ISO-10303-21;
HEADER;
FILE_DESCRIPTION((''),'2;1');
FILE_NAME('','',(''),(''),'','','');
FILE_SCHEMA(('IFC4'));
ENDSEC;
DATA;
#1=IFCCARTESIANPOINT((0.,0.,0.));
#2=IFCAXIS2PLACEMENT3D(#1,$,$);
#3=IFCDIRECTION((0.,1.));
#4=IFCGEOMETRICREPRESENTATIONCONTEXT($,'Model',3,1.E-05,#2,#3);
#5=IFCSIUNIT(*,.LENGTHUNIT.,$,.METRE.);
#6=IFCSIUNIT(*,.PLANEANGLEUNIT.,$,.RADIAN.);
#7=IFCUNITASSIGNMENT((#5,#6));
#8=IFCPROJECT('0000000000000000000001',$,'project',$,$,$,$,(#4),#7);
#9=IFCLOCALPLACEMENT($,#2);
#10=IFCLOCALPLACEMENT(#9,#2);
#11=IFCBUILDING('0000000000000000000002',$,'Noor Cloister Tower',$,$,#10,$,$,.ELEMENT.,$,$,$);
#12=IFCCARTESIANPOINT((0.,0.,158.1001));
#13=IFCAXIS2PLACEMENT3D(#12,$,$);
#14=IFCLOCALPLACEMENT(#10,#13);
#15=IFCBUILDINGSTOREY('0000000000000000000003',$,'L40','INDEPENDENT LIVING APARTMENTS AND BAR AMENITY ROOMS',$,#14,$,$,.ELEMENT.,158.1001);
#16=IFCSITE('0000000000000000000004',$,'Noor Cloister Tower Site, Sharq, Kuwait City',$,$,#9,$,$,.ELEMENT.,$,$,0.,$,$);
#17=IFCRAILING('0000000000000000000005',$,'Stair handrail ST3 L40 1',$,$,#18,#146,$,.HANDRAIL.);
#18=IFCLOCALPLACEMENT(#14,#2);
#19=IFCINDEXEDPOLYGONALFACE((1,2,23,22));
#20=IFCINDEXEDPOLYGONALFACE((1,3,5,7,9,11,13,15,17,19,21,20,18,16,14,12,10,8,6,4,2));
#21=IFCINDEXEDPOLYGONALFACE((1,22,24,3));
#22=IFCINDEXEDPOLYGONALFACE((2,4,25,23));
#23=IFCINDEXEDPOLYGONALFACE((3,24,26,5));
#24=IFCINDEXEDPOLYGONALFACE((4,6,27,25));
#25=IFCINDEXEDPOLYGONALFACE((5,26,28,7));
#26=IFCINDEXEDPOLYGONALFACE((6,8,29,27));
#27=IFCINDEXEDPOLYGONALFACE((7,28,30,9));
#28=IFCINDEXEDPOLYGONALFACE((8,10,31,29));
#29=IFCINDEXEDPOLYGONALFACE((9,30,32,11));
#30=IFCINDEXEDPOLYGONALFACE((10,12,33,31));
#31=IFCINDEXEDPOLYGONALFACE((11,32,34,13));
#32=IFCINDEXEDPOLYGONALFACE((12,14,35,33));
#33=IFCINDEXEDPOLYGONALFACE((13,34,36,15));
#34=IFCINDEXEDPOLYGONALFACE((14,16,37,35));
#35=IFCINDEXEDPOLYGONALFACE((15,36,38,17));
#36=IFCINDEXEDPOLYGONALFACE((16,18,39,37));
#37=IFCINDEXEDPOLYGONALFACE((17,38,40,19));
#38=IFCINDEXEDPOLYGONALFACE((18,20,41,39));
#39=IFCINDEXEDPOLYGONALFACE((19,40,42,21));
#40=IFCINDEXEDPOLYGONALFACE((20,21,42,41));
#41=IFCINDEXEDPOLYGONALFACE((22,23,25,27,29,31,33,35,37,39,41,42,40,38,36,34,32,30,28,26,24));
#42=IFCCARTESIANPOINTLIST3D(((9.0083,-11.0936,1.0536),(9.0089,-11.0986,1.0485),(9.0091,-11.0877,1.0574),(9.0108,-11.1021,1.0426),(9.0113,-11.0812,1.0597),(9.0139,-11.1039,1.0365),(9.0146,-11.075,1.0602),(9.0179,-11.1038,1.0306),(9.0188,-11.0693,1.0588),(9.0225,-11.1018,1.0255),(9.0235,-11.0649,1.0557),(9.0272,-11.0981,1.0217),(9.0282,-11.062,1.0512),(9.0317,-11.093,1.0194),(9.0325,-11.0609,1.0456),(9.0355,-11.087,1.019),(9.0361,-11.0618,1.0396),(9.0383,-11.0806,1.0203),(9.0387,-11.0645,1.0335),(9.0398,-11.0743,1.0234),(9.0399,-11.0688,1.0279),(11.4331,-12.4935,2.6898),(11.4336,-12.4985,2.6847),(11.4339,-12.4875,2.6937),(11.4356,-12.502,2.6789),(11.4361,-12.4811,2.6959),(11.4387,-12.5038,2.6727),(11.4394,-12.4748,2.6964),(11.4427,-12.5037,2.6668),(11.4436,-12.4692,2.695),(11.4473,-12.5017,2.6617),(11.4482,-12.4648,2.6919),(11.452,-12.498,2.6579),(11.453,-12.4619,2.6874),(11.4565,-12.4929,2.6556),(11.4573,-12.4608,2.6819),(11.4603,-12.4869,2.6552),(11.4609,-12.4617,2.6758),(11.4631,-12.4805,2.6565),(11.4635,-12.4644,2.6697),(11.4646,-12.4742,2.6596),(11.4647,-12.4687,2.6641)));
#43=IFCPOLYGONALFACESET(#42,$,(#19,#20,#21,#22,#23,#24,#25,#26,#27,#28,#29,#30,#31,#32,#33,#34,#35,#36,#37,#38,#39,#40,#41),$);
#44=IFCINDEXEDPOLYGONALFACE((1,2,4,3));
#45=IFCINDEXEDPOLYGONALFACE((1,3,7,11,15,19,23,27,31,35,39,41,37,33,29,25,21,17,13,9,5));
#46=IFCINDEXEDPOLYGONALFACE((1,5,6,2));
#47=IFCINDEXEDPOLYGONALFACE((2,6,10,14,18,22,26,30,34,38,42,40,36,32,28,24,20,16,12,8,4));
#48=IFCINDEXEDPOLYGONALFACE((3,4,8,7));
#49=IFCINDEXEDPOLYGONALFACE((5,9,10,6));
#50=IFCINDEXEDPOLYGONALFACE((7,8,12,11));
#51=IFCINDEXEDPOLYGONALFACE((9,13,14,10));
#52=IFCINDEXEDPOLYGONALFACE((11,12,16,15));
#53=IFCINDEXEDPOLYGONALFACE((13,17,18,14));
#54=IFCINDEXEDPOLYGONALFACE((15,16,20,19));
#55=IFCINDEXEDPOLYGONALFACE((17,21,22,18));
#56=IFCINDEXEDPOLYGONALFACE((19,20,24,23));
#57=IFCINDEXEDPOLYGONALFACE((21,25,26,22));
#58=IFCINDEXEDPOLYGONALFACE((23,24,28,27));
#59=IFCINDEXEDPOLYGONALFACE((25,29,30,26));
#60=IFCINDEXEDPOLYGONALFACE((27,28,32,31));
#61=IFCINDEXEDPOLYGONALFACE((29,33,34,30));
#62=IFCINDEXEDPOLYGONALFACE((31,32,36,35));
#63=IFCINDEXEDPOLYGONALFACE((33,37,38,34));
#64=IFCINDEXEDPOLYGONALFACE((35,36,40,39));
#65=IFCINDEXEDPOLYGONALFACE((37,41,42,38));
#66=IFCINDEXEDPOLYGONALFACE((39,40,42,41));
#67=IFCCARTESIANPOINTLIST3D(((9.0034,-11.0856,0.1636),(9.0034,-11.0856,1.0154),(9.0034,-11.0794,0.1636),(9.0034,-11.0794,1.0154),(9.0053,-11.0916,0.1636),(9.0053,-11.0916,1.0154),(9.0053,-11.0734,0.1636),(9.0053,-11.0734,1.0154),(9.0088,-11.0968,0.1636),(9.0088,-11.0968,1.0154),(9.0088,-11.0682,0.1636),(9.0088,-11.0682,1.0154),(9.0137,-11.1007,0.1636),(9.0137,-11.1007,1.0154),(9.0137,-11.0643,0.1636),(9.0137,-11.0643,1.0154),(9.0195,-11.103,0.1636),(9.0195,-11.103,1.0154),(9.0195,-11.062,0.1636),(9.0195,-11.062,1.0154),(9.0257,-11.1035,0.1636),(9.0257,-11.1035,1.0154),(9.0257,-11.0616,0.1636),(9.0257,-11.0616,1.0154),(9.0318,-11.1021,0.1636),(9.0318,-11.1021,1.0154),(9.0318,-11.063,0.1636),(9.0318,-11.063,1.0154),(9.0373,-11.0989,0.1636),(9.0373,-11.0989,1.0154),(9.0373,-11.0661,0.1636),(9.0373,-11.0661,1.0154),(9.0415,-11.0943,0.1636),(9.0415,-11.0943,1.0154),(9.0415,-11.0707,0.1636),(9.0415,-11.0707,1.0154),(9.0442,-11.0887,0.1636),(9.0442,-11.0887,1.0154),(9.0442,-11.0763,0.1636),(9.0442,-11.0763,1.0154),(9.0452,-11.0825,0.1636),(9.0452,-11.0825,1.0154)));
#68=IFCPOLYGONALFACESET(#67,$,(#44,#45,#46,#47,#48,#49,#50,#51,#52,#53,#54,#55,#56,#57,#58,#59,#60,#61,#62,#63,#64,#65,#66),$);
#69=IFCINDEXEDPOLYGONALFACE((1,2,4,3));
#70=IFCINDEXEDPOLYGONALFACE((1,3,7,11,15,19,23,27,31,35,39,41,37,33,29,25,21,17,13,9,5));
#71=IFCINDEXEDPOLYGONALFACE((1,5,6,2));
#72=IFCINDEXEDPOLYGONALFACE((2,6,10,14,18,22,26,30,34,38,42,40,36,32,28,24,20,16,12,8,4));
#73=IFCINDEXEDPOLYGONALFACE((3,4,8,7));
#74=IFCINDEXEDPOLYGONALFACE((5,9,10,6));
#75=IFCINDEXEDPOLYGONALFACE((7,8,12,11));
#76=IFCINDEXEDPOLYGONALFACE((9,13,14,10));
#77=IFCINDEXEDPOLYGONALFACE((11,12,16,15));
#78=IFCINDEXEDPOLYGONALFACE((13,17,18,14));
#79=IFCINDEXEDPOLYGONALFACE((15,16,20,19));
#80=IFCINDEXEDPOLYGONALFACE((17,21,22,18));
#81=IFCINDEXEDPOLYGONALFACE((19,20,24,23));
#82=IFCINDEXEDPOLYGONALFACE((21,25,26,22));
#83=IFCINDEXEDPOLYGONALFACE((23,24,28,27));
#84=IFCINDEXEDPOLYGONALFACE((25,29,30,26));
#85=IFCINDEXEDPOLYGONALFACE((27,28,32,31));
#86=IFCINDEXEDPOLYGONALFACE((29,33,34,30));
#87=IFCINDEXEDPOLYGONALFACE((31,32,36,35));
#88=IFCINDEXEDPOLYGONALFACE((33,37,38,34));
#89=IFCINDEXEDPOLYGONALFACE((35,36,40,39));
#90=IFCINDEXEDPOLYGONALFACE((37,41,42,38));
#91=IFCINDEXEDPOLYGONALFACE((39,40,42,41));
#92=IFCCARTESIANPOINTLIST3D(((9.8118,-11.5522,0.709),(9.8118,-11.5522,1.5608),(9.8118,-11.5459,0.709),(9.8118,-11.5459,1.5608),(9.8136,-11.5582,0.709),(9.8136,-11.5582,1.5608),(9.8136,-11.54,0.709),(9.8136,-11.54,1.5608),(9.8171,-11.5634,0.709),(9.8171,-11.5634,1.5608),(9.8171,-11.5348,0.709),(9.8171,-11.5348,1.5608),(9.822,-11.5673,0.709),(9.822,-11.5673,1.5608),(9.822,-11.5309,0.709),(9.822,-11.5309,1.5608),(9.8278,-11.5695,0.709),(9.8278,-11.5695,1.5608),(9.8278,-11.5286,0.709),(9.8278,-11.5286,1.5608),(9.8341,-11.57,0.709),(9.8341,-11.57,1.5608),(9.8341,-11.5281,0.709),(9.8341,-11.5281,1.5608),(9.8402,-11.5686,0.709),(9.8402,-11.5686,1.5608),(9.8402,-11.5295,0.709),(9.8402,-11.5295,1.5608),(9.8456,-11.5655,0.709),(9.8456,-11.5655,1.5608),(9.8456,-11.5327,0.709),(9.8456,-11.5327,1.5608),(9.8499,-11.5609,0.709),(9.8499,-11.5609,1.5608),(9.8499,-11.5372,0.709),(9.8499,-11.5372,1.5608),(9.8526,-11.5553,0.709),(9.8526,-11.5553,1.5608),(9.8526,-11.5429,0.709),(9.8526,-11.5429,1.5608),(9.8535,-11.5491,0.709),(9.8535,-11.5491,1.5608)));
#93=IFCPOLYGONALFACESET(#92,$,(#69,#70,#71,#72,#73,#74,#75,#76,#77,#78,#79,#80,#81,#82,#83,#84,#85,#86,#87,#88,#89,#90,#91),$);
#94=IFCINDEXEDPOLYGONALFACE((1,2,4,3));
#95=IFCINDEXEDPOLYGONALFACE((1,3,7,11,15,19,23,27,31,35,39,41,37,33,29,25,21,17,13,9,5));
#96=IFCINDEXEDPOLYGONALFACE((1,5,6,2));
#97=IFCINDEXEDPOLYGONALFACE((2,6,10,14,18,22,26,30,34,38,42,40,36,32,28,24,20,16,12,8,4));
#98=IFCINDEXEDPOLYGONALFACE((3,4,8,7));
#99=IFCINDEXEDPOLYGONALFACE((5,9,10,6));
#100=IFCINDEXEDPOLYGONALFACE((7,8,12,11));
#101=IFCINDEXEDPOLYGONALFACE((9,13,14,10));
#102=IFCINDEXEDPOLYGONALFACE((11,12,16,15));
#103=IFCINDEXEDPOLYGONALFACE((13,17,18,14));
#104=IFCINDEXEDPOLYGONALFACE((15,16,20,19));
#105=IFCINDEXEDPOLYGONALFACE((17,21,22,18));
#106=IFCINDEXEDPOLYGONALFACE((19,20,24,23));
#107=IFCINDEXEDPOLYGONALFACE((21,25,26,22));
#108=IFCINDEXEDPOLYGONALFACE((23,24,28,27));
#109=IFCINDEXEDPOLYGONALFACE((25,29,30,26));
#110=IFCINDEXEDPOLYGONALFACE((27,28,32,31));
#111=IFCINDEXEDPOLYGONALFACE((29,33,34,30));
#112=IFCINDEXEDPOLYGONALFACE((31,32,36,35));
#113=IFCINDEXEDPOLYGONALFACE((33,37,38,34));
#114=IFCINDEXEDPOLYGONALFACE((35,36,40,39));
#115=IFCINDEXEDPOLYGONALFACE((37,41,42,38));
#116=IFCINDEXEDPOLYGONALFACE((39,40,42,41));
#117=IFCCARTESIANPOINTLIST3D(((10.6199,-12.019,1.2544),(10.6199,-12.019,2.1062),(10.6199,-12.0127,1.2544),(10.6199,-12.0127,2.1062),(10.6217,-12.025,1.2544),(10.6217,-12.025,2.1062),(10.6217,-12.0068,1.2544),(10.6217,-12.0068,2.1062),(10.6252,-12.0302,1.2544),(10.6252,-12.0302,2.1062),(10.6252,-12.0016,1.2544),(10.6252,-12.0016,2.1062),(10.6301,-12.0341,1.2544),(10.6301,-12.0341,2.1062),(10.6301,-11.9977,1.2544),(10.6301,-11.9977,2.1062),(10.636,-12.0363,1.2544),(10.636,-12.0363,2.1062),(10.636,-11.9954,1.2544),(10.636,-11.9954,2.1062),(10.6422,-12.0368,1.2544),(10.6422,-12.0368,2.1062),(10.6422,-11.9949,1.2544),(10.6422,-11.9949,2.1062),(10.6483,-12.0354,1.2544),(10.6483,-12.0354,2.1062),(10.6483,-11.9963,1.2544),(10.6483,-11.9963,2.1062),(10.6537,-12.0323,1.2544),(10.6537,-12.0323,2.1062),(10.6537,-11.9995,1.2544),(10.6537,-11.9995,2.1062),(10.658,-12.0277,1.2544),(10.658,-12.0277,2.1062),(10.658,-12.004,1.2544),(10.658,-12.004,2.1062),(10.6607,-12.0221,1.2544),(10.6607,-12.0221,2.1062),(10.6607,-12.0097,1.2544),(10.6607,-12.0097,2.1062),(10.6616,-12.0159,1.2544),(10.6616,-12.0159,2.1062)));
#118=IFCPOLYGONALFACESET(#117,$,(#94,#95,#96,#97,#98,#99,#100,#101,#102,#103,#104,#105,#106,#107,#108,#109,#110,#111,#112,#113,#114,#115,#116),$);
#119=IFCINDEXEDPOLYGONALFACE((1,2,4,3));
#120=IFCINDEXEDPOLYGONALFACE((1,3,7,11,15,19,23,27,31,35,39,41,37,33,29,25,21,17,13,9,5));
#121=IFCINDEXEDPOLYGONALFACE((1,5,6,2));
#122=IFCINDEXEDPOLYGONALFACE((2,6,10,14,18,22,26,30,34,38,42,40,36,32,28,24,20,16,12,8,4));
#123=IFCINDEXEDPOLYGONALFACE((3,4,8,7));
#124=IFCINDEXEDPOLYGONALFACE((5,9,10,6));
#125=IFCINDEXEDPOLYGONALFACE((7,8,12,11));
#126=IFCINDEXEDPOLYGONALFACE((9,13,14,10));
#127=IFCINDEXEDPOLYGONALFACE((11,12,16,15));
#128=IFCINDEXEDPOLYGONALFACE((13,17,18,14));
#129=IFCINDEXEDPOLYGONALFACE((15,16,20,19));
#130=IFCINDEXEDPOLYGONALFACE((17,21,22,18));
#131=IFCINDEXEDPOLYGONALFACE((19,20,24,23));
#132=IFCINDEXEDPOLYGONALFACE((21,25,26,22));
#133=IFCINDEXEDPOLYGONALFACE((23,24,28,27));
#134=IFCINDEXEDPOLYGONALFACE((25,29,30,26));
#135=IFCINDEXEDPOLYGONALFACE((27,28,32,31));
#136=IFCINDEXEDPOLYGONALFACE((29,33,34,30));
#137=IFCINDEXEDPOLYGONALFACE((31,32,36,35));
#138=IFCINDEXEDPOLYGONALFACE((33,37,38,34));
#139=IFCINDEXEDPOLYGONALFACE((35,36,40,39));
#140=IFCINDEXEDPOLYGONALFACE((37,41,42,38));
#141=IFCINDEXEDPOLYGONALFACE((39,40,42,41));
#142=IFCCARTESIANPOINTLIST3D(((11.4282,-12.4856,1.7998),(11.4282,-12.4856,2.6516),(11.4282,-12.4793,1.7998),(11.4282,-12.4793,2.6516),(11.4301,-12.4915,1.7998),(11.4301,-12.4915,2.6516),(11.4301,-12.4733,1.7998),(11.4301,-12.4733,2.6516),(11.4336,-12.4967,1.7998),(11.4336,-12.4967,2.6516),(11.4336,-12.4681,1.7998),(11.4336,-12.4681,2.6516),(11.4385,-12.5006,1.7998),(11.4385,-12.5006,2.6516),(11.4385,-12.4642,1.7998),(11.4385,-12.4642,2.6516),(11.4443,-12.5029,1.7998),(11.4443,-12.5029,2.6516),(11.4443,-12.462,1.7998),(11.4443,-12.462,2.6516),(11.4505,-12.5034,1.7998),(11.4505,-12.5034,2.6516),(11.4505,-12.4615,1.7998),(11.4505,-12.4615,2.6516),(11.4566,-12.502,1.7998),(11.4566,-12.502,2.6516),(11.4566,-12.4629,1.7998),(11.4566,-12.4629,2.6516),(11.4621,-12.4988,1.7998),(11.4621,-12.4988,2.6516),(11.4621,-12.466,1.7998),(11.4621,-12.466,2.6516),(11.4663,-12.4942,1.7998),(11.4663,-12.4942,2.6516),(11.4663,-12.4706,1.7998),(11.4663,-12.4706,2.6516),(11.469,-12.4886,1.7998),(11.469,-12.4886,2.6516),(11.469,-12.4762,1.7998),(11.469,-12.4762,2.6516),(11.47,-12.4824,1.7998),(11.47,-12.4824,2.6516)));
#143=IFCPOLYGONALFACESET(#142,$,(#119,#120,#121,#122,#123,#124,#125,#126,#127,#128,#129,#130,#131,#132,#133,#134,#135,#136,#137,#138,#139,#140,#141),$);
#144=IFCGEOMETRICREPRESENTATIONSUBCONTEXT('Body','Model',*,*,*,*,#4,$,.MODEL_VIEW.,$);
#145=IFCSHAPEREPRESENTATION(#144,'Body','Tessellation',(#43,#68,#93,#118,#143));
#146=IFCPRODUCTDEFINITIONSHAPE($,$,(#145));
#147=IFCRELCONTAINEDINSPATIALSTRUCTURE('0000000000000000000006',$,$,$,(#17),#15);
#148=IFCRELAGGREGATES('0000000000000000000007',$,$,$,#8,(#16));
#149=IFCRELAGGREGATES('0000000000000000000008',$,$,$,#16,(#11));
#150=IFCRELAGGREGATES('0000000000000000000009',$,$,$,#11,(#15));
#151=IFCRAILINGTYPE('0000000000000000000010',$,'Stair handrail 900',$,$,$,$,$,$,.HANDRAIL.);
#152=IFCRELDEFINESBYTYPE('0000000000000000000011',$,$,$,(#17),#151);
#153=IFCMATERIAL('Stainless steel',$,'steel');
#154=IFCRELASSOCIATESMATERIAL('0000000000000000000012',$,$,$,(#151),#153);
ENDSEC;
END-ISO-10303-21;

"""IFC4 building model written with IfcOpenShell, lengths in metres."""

from ifc_helpers import new_model, si_unit, direction, frame, origin, origin_2d, place, context, subcontext, project, spatial, circle, extrude, material, type_object, element, save


model = new_model("IFC4")

# Units and contexts
model_context = context("Model", 3, precision=1e-05, world=origin(), true_north=direction((0.0, 1.0)))
body_context = subcontext(model_context, "Body", "Model", "MODEL_VIEW")
ifc_project = project(units=[si_unit("LENGTHUNIT", "METRE"), si_unit("PLANEANGLEUNIT", "RADIAN")], contexts=[model_context])

# Site, building, storey
site_placement = place(None, origin())
site = spatial("IfcSite", under=ifc_project, at=site_placement, Name="Noor Cloister Tower Site, Sharq, Kuwait City", CompositionType="ELEMENT", RefElevation=0.0)
building_placement = place(site_placement, origin())
building = spatial("IfcBuilding", under=site, at=building_placement, Name="Noor Cloister Tower", CompositionType="ELEMENT")
storey_placement = place(building_placement, frame((0.0, 0.0, 158.1001)))
storey = spatial("IfcBuildingStorey", under=building, at=storey_placement, Name="L40", Description="INDEPENDENT LIVING APARTMENTS AND BAR AMENITY ROOMS", CompositionType="ELEMENT", Elevation=158.1001)

# Railing
ifc_material_1 = material(Name="Stainless steel", Category="steel")
railing_type = type_object("IfcRailingType", Name="Stair handrail 900", PredefinedType="HANDRAIL", material=ifc_material_1)
railing_placement = place(storey_placement, frame((9.0242, -11.0825, 0.1636)))
element("IfcRailing", 1, at=railing_placement, inside=storey, type_object=railing_type, Name="Stair handrail ST3 L40 1", PredefinedType="HANDRAIL", context=body_context, shape_type="SweptSolid", body=[
    extrude(circle(Radius=0.0239, at=origin_2d()), frame((0.0, 0.0, 0.876), z_axis=(0.747718, -0.431677, 0.504552), x_axis=(0.499984, 0.866035, 0.0)), (0.0, 0.0, 1.0), 3.2429),
    extrude(circle(Radius=0.021, at=origin_2d()), origin(), (0.0, 0.0, 1.0), 0.8518),
    extrude(circle(Radius=0.021, at=origin_2d()), frame((0.8083, -0.4666, 0.5454)), (0.0, 0.0, 1.0), 0.8518),
    extrude(circle(Radius=0.021, at=origin_2d()), frame((1.6165, -0.9333, 1.0908)), (0.0, 0.0, 1.0), 0.8518),
    extrude(circle(Radius=0.021, at=origin_2d()), frame((2.4248, -1.3999, 1.6362)), (0.0, 0.0, 1.0), 0.8518),
])

save(model, "model.ifc")
